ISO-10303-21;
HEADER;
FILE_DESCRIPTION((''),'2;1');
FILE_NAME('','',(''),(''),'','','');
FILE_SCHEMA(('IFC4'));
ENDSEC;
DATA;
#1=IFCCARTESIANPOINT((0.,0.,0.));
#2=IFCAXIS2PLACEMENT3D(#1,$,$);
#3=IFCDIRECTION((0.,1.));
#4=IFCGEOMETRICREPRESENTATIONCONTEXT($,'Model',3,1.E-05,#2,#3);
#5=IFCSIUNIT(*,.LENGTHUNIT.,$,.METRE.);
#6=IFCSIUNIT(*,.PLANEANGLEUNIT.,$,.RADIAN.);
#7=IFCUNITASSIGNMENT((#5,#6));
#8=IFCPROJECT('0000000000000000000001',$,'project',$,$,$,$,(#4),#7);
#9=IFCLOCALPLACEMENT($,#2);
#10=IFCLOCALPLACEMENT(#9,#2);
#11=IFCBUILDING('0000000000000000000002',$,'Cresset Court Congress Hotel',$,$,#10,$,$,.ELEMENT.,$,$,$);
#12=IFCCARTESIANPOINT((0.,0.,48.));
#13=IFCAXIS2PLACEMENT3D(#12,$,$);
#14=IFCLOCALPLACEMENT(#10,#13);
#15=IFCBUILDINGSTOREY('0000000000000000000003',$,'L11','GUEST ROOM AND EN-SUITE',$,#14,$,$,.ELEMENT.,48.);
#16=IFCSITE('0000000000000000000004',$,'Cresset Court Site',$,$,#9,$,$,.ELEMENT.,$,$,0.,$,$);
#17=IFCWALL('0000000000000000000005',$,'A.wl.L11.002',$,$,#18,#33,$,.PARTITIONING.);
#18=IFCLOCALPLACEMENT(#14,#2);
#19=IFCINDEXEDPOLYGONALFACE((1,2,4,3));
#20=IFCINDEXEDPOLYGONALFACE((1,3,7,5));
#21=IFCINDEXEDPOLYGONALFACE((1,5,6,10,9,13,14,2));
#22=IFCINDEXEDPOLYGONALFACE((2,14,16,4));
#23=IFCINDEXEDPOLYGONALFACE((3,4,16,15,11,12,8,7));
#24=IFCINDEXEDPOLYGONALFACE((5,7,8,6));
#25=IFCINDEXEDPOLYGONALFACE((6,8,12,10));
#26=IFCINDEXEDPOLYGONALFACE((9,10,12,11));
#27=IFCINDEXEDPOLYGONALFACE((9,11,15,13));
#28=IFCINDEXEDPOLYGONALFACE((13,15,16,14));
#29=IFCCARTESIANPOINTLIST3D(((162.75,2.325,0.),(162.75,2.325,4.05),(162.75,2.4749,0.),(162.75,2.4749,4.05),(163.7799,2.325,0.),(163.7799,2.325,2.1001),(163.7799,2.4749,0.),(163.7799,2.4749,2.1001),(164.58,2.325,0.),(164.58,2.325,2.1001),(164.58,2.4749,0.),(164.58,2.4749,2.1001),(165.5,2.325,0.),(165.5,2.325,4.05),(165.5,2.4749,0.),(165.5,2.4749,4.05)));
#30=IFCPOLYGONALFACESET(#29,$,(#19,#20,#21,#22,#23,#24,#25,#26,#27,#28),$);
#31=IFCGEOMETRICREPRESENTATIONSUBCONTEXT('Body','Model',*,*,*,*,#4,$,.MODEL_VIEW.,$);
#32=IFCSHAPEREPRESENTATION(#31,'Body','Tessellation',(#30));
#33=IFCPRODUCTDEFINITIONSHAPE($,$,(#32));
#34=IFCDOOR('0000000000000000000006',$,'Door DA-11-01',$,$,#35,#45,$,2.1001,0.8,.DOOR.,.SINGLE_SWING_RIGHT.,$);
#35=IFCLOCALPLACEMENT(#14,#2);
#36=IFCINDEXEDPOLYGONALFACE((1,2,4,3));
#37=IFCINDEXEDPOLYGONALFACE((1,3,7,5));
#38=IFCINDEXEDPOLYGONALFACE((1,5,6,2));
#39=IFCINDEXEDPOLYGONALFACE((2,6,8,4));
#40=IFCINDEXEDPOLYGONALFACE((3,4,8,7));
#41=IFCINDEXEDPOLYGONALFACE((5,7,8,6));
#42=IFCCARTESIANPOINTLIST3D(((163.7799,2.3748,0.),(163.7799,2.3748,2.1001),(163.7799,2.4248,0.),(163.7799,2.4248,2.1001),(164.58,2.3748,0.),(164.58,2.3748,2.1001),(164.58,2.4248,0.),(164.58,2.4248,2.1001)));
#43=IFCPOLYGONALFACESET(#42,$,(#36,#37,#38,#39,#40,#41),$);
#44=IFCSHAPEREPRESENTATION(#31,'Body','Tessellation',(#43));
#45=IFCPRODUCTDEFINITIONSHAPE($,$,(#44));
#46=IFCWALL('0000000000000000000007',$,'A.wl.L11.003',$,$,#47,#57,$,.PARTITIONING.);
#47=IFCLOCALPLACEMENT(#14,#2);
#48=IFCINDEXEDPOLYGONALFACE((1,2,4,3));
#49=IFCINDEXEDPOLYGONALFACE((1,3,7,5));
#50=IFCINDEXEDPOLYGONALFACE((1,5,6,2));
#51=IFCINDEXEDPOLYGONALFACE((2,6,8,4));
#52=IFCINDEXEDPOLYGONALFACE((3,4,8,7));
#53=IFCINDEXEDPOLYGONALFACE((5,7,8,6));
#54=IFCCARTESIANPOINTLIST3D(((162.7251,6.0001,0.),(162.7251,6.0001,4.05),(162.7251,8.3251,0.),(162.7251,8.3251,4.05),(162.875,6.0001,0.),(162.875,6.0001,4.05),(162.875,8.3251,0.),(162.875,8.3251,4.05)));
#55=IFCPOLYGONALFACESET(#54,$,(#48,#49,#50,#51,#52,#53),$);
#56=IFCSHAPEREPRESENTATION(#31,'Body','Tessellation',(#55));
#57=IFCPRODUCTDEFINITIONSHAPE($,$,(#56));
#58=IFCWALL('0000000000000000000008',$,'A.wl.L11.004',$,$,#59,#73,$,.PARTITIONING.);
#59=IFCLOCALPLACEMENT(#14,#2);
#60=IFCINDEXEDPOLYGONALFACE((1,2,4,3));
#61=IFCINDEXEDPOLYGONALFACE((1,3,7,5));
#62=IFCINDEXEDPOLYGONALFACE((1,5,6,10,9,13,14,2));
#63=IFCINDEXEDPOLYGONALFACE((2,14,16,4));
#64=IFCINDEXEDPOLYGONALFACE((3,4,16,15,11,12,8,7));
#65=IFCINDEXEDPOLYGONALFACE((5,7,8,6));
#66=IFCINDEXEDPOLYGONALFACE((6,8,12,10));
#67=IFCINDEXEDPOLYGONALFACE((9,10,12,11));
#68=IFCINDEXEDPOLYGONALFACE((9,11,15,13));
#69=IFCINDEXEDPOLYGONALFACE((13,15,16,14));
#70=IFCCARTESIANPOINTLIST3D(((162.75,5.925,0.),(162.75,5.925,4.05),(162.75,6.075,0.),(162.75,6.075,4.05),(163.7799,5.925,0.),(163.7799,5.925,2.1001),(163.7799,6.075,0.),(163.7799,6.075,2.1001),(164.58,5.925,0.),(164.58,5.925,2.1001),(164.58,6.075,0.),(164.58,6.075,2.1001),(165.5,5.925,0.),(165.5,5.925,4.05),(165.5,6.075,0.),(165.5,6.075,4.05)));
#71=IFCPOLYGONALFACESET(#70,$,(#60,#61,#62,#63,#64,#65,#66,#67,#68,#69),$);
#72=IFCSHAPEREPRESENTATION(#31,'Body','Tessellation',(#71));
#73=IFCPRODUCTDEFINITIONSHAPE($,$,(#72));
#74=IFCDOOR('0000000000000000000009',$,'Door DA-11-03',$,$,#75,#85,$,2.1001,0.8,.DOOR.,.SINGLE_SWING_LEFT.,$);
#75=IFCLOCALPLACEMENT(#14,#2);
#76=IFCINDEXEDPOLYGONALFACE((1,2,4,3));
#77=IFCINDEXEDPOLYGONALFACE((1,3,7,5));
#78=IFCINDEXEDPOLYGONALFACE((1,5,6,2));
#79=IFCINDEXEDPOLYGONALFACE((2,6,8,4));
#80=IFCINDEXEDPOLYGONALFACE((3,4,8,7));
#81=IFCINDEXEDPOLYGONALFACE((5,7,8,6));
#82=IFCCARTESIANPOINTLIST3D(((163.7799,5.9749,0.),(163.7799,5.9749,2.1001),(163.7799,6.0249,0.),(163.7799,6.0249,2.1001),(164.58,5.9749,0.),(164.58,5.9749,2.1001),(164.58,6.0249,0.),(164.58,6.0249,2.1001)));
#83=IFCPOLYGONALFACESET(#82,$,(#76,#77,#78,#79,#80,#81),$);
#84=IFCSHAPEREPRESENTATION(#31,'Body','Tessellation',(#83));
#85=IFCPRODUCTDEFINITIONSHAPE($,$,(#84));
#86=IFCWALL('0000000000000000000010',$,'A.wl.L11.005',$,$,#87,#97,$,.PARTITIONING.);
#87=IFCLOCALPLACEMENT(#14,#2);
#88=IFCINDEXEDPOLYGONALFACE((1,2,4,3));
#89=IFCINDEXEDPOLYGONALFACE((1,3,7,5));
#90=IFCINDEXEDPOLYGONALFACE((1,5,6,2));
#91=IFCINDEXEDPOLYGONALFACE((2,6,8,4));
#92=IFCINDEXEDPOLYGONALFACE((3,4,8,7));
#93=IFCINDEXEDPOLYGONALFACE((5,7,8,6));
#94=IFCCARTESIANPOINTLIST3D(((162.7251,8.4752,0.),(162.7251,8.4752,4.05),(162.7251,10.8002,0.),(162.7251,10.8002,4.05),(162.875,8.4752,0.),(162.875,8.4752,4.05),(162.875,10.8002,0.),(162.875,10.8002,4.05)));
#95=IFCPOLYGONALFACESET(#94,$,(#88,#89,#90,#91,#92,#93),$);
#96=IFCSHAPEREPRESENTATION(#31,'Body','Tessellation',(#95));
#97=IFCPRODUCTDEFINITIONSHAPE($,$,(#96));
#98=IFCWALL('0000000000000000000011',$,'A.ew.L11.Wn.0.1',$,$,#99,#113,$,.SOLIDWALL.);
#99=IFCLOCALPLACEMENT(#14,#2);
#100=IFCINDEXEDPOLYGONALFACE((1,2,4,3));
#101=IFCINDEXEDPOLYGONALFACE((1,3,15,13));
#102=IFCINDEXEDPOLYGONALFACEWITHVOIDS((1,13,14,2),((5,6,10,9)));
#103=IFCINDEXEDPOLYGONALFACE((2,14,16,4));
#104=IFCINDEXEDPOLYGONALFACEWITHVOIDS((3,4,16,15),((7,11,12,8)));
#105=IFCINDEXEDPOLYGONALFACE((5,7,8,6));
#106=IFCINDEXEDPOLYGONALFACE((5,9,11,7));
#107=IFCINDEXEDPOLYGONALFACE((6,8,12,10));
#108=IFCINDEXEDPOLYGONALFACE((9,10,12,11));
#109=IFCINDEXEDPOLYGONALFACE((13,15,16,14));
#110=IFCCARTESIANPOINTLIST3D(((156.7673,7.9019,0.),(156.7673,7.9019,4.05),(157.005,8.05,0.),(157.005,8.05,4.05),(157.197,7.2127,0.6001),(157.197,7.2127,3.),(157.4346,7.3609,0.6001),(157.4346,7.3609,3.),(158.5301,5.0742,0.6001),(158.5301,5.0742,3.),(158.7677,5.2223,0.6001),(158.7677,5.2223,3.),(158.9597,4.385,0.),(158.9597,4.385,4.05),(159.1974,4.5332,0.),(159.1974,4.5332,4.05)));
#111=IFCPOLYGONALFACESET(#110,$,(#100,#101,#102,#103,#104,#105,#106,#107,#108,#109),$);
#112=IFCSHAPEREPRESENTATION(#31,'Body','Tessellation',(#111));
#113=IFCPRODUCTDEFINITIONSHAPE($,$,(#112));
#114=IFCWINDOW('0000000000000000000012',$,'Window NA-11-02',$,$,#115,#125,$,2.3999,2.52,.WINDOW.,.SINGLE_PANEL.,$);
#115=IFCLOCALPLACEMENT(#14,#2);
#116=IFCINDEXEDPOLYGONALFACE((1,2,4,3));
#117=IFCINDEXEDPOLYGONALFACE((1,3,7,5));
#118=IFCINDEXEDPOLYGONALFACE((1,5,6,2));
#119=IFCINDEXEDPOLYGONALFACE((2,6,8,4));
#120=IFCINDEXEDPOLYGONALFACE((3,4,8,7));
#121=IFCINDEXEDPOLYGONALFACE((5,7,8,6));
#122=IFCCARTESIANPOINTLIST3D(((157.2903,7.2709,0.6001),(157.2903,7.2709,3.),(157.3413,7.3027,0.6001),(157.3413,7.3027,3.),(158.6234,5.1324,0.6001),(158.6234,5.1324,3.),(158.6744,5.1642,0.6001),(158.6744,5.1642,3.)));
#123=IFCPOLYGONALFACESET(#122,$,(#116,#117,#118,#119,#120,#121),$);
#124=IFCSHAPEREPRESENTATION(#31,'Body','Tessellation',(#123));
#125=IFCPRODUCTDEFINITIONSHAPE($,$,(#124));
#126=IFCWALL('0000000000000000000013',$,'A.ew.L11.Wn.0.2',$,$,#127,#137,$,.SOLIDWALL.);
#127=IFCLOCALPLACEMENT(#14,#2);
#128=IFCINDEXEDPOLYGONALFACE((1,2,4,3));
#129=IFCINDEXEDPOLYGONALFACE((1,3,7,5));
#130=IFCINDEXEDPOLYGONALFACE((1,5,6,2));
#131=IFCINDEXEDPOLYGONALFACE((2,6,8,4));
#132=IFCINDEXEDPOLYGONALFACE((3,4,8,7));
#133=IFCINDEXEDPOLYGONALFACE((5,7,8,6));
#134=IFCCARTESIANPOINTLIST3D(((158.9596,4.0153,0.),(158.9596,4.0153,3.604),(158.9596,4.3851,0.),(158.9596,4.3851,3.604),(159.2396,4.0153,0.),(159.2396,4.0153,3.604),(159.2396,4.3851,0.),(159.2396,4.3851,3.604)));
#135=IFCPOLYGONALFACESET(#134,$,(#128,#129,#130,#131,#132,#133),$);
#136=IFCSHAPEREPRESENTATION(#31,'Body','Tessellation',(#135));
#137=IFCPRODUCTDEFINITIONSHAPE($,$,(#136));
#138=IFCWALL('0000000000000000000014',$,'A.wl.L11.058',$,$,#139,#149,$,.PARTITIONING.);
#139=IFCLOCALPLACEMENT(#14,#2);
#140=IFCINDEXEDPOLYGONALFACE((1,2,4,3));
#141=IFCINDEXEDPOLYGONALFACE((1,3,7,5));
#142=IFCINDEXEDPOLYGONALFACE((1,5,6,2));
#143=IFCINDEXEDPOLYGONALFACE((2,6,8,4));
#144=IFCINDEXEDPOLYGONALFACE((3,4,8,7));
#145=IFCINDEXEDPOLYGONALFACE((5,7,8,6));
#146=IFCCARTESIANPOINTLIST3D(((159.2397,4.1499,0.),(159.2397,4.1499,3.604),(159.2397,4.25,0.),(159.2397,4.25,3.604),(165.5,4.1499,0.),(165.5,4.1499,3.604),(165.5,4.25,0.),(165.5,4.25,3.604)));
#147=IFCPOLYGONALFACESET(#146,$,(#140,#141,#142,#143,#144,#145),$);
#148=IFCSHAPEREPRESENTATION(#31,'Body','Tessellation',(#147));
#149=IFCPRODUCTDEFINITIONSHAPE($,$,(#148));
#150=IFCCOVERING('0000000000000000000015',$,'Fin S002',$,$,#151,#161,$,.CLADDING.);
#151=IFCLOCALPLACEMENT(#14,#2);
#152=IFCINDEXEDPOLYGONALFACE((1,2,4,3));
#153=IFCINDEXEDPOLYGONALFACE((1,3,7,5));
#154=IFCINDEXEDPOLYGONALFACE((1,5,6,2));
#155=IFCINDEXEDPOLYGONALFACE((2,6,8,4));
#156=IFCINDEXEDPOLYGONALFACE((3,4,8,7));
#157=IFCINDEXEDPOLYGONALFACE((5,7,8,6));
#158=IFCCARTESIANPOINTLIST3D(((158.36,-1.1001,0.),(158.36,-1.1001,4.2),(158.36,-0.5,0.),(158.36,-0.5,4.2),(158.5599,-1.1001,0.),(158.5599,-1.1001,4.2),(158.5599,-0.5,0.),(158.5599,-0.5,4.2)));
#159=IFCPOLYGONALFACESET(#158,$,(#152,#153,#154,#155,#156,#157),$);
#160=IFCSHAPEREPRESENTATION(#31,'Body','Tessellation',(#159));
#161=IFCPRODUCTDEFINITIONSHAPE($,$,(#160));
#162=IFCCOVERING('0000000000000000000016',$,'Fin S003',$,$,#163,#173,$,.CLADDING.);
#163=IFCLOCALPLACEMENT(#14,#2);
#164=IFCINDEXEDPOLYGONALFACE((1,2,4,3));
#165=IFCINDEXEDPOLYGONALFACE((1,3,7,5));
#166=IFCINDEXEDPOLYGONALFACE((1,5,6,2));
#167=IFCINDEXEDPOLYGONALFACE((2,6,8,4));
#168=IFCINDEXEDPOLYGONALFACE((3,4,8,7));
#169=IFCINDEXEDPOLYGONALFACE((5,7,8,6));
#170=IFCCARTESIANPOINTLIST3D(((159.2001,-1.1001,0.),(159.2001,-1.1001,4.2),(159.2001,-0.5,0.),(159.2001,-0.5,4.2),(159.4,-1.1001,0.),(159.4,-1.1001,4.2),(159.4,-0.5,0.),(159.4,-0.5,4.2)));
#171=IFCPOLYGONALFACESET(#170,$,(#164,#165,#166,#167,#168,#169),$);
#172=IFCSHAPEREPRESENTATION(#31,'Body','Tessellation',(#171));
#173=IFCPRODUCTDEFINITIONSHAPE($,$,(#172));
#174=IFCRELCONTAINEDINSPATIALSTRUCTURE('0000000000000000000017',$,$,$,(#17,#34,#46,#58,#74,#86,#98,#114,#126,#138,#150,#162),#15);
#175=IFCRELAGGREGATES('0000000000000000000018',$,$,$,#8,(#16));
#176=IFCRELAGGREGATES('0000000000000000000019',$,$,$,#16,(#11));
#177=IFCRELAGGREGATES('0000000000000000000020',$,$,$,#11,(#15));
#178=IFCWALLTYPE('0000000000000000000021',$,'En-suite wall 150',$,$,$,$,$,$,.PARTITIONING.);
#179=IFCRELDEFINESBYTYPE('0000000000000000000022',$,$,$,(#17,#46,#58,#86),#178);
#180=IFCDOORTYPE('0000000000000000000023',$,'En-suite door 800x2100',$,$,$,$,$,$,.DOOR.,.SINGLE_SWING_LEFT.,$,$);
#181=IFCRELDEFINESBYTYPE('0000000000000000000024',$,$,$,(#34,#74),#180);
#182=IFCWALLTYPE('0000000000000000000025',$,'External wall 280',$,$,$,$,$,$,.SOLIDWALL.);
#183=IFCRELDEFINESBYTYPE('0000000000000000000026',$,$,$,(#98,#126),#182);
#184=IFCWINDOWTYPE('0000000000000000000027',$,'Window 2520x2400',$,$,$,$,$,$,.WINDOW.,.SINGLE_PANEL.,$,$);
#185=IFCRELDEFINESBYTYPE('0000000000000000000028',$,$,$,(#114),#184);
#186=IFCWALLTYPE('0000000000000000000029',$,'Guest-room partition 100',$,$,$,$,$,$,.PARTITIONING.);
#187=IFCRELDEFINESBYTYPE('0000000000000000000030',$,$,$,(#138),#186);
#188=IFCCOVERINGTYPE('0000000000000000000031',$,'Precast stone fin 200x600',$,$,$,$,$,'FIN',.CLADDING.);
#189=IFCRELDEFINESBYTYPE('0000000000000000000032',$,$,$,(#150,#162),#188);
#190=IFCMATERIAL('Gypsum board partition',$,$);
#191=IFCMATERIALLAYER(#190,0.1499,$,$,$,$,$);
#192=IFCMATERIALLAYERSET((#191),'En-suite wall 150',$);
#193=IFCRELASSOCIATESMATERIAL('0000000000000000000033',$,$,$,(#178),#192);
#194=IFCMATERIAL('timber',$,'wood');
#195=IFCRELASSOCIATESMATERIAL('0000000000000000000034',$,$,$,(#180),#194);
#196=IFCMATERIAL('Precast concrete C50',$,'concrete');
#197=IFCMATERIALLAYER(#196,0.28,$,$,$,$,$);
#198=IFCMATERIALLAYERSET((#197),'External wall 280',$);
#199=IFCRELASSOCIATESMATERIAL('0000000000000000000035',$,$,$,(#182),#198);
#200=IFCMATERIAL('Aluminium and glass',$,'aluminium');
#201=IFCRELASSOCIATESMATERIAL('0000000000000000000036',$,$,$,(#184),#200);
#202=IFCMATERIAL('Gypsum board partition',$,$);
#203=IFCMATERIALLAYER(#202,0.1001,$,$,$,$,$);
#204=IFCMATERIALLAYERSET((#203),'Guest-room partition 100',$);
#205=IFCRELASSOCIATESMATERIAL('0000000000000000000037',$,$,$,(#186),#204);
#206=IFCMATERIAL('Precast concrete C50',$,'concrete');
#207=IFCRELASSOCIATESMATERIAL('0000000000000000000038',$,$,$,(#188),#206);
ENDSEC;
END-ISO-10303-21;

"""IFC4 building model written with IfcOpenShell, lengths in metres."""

from ifc_helpers import new_model, si_unit, direction, frame, frame_2d, origin, origin_2d, place, context, subcontext, project, spatial, rectangle, extrude, material, layer, layer_set, type_object, element, fill, save


model = new_model("IFC4")

# Units and contexts
model_context = context("Model", 3, precision=1e-05, world=origin(), true_north=direction((0.0, 1.0)))
body_context = subcontext(model_context, "Body", "Model", "MODEL_VIEW")
ifc_project = project(units=[si_unit("LENGTHUNIT", "METRE"), si_unit("PLANEANGLEUNIT", "RADIAN")], contexts=[model_context])

# Site, building, storey
site_placement = place(None, origin())
site = spatial("IfcSite", under=ifc_project, at=site_placement, Name="Cresset Court Site", CompositionType="ELEMENT", RefElevation=0.0)
building_placement = place(site_placement, origin())
building = spatial("IfcBuilding", under=site, at=building_placement, Name="Cresset Court Congress Hotel", CompositionType="ELEMENT")
storey_placement = place(building_placement, frame((0.0, 0.0, 48.0)))
storey = spatial("IfcBuildingStorey", under=building, at=storey_placement, Name="L11", Description="GUEST ROOM AND EN-SUITE", CompositionType="ELEMENT", Elevation=48.0)

# Shared definitions
ifc_material_1 = material(Name="Gypsum board partition")
ifc_layer_1 = layer(ifc_material_1, 0.1499)
ifc_layer_set_1 = layer_set([ifc_layer_1], Name="En-suite wall 150")
wall_type_1 = type_object("IfcWallType", Name="En-suite wall 150", PredefinedType="PARTITIONING", material=ifc_layer_set_1)

# Wall, opening, door
wall_1_placement = place(storey_placement, frame((162.75, 2.3999, 0.0), z_axis=(0.0, 0.0, 1.0), x_axis=(1.0, 0.0, 0.0)))
wall_1 = element("IfcWall", 1, at=wall_1_placement, inside=storey, type_object=wall_type_1, Name="A.wl.L11.002", PredefinedType="PARTITIONING", context=body_context, shape_type="SweptSolid", body=[
    extrude(rectangle(XDim=2.75, YDim=0.1499, at=frame_2d((1.375, 0.0))), origin(), (0.0, 0.0, 1.0), 4.05),
])
opening_1_placement = place(wall_1_placement, frame((1.03, 0.0, 0.0)))
opening_1 = element("IfcOpeningElement", 2, at=opening_1_placement, cuts=wall_1, PredefinedType="OPENING", context=body_context, shape_type="SweptSolid", body=[
    extrude(rectangle(XDim=0.8, YDim=2.1001, at=frame_2d((0.3999, 1.05))), frame((0.0, 0.085, 0.0), z_axis=(0.0, -1.0, 0.0), x_axis=(1.0, 0.0, 0.0)), (0.0, 0.0, 1.0), 0.1699),
])
ifc_material_2 = material(Name="timber", Category="wood")
door_type = type_object("IfcDoorType", Name="En-suite door 800x2100", OperationType="SINGLE_SWING_LEFT", PredefinedType="DOOR", material=ifc_material_2)
door_1_placement = place(opening_1_placement, origin())
door_1 = element("IfcDoor", 3, at=door_1_placement, inside=storey, type_object=door_type, Name="Door DA-11-01", OperationType="SINGLE_SWING_RIGHT", OverallHeight=2.1001, OverallWidth=0.8, PredefinedType="DOOR", context=body_context, shape_type="SweptSolid", body=[
    extrude(rectangle(XDim=0.8, YDim=2.1001, at=frame_2d((0.3999, 1.05))), frame((0.0, 0.0249, 0.0), z_axis=(0.0, -1.0, 0.0), x_axis=(1.0, 0.0, 0.0)), (0.0, 0.0, 1.0), 0.05),
])
fill(opening_1, door_1)

# Wall
wall_2_placement = place(storey_placement, frame((162.8, 6.0, 0.0), z_axis=(0.0, 0.0, 1.0), x_axis=(0.0, 1.0, 0.0)))
element("IfcWall", 4, at=wall_2_placement, inside=storey, type_object=wall_type_1, Name="A.wl.L11.003", PredefinedType="PARTITIONING", context=body_context, shape_type="SweptSolid", body=[
    extrude(rectangle(XDim=2.325, YDim=0.1499, at=frame_2d((1.1626, 0.0))), origin(), (0.0, 0.0, 1.0), 4.05),
])

# Wall, opening, door
wall_3_placement = place(storey_placement, frame((162.75, 6.0, 0.0), z_axis=(0.0, 0.0, 1.0), x_axis=(1.0, 0.0, 0.0)))
wall_3 = element("IfcWall", 5, at=wall_3_placement, inside=storey, type_object=wall_type_1, Name="A.wl.L11.004", PredefinedType="PARTITIONING", context=body_context, shape_type="SweptSolid", body=[
    extrude(rectangle(XDim=2.75, YDim=0.1499, at=frame_2d((1.375, 0.0))), origin(), (0.0, 0.0, 1.0), 4.05),
])
opening_2_placement = place(wall_3_placement, frame((1.03, 0.0, 0.0)))
opening_2 = element("IfcOpeningElement", 6, at=opening_2_placement, cuts=wall_3, PredefinedType="OPENING", context=body_context, shape_type="SweptSolid", body=[
    extrude(rectangle(XDim=0.8, YDim=2.1001, at=frame_2d((0.3999, 1.05))), frame((0.0, 0.085, 0.0), z_axis=(0.0, -1.0, 0.0), x_axis=(1.0, 0.0, 0.0)), (0.0, 0.0, 1.0), 0.1699),
])
door_2_placement = place(opening_2_placement, origin())
door_2 = element("IfcDoor", 7, at=door_2_placement, inside=storey, type_object=door_type, Name="Door DA-11-03", OperationType="SINGLE_SWING_LEFT", OverallHeight=2.1001, OverallWidth=0.8, PredefinedType="DOOR", context=body_context, shape_type="SweptSolid", body=[
    extrude(rectangle(XDim=0.8, YDim=2.1001, at=frame_2d((0.3999, 1.05))), frame((0.0, 0.0249, 0.0), z_axis=(0.0, -1.0, 0.0), x_axis=(1.0, 0.0, 0.0)), (0.0, 0.0, 1.0), 0.05),
])
fill(opening_2, door_2)

# Wall
wall_4_placement = place(storey_placement, frame((162.8, 8.4751, 0.0), z_axis=(0.0, 0.0, 1.0), x_axis=(0.0, 1.0, 0.0)))
element("IfcWall", 8, at=wall_4_placement, inside=storey, type_object=wall_type_1, Name="A.wl.L11.005", PredefinedType="PARTITIONING", context=body_context, shape_type="SweptSolid", body=[
    extrude(rectangle(XDim=2.325, YDim=0.1499, at=frame_2d((1.1626, 0.0))), origin(), (0.0, 0.0, 1.0), 4.05),
])

# Wall, opening, window
ifc_material_3 = material(Name="Precast concrete C50", Category="concrete")
ifc_layer_2 = layer(ifc_material_3, 0.28)
ifc_layer_set_2 = layer_set([ifc_layer_2], Name="External wall 280")
wall_type_2 = type_object("IfcWallType", Name="External wall 280", PredefinedType="SOLIDWALL", material=ifc_layer_set_2)
wall_5_placement = place(storey_placement, frame((159.0786, 4.459, 0.0), z_axis=(0.0, 0.0, 1.0), x_axis=(-0.529019, 0.84861, 0.0)))
wall_5 = element("IfcWall", 9, at=wall_5_placement, inside=storey, type_object=wall_type_2, Name="A.ew.L11.Wn.0.1", PredefinedType="SOLIDWALL", context=body_context, shape_type="SweptSolid", body=[
    extrude(rectangle(XDim=4.1443, YDim=0.28, at=frame_2d((2.0723, 0.0))), origin(), (0.0, 0.0, 1.0), 4.05),
])
opening_3_placement = place(wall_5_placement, frame((0.8123, 0.0, 0.6001)))
opening_3 = element("IfcOpeningElement", 10, at=opening_3_placement, cuts=wall_5, PredefinedType="OPENING", context=body_context, shape_type="SweptSolid", body=[
    extrude(rectangle(XDim=2.52, YDim=2.3999, at=frame_2d((1.26, 1.2))), frame((0.0, 0.1499, 0.0), z_axis=(0.0, -1.0, 0.0), x_axis=(1.0, 0.0, 0.0)), (0.0, 0.0, 1.0), 0.3),
])
ifc_material_4 = material(Name="Aluminium and glass", Category="aluminium")
window_type = type_object("IfcWindowType", Name="Window 2520x2400", PartitioningType="SINGLE_PANEL", PredefinedType="WINDOW", material=ifc_material_4)
window_placement = place(opening_3_placement, origin())
window = element("IfcWindow", 11, at=window_placement, inside=storey, type_object=window_type, Name="Window NA-11-02", OverallHeight=2.3999, OverallWidth=2.52, PartitioningType="SINGLE_PANEL", PredefinedType="WINDOW", context=body_context, shape_type="SweptSolid", body=[
    extrude(rectangle(XDim=2.52, YDim=2.3999, at=frame_2d((1.26, 1.2))), frame((0.0, 0.03, 0.0), z_axis=(0.0, -1.0, 0.0), x_axis=(1.0, 0.0, 0.0)), (0.0, 0.0, 1.0), 0.0601),
])
fill(opening_3, window)

# Walls
wall_6_placement = place(storey_placement, frame((159.0996, 4.0151, 0.0), z_axis=(0.0, 0.0, 1.0), x_axis=(0.0, 1.0, 0.0)))
element("IfcWall", 12, at=wall_6_placement, inside=storey, type_object=wall_type_2, Name="A.ew.L11.Wn.0.2", PredefinedType="SOLIDWALL", context=body_context, shape_type="SweptSolid", body=[
    extrude(rectangle(XDim=0.3699, YDim=0.28, at=frame_2d((0.1851, 0.0))), origin(), (0.0, 0.0, 1.0), 3.604),
])
ifc_material_5 = material(Name="Gypsum board partition")
ifc_layer_3 = layer(ifc_material_5, 0.1001)
ifc_layer_set_3 = layer_set([ifc_layer_3], Name="Guest-room partition 100")
wall_type_3 = type_object("IfcWallType", Name="Guest-room partition 100", PredefinedType="PARTITIONING", material=ifc_layer_set_3)
wall_7_placement = place(storey_placement, frame((159.2397, 4.2, 0.0), z_axis=(0.0, 0.0, 1.0), x_axis=(1.0, 0.0, 0.0)))
element("IfcWall", 13, at=wall_7_placement, inside=storey, type_object=wall_type_3, Name="A.wl.L11.058", PredefinedType="PARTITIONING", context=body_context, shape_type="SweptSolid", body=[
    extrude(rectangle(XDim=6.2603, YDim=0.1001, at=frame_2d((3.1301, 0.0))), origin(), (0.0, 0.0, 1.0), 3.604),
])

# Coverings
ifc_material_6 = material(Name="Precast concrete C50", Category="concrete")
covering_type = type_object("IfcCoveringType", Name="Precast stone fin 200x600", ElementType="FIN", PredefinedType="CLADDING", material=ifc_material_6)
for number, where, z_axis, x_axis, name in (
    (14, (158.46, -0.8, 0.0), (0.0, 0.0, 1.0), (1.0, 0.0, 0.0), "Fin S002"),
    (15, (159.3, -0.8, 0.0), (0.0, 0.0, 1.0), (1.0, 0.0, 0.0), "Fin S003"),
):
    element("IfcCovering", number, at=place(storey_placement, frame(where, z_axis=z_axis, x_axis=x_axis)), inside=storey, type_object=covering_type, Name=name, PredefinedType="CLADDING", context=body_context, shape_type="SweptSolid", body=[
        extrude(rectangle(XDim=0.2, YDim=0.6001, at=origin_2d()), origin(), (0.0, 0.0, 1.0), 4.2),
    ])

save(model, "model.ifc")
